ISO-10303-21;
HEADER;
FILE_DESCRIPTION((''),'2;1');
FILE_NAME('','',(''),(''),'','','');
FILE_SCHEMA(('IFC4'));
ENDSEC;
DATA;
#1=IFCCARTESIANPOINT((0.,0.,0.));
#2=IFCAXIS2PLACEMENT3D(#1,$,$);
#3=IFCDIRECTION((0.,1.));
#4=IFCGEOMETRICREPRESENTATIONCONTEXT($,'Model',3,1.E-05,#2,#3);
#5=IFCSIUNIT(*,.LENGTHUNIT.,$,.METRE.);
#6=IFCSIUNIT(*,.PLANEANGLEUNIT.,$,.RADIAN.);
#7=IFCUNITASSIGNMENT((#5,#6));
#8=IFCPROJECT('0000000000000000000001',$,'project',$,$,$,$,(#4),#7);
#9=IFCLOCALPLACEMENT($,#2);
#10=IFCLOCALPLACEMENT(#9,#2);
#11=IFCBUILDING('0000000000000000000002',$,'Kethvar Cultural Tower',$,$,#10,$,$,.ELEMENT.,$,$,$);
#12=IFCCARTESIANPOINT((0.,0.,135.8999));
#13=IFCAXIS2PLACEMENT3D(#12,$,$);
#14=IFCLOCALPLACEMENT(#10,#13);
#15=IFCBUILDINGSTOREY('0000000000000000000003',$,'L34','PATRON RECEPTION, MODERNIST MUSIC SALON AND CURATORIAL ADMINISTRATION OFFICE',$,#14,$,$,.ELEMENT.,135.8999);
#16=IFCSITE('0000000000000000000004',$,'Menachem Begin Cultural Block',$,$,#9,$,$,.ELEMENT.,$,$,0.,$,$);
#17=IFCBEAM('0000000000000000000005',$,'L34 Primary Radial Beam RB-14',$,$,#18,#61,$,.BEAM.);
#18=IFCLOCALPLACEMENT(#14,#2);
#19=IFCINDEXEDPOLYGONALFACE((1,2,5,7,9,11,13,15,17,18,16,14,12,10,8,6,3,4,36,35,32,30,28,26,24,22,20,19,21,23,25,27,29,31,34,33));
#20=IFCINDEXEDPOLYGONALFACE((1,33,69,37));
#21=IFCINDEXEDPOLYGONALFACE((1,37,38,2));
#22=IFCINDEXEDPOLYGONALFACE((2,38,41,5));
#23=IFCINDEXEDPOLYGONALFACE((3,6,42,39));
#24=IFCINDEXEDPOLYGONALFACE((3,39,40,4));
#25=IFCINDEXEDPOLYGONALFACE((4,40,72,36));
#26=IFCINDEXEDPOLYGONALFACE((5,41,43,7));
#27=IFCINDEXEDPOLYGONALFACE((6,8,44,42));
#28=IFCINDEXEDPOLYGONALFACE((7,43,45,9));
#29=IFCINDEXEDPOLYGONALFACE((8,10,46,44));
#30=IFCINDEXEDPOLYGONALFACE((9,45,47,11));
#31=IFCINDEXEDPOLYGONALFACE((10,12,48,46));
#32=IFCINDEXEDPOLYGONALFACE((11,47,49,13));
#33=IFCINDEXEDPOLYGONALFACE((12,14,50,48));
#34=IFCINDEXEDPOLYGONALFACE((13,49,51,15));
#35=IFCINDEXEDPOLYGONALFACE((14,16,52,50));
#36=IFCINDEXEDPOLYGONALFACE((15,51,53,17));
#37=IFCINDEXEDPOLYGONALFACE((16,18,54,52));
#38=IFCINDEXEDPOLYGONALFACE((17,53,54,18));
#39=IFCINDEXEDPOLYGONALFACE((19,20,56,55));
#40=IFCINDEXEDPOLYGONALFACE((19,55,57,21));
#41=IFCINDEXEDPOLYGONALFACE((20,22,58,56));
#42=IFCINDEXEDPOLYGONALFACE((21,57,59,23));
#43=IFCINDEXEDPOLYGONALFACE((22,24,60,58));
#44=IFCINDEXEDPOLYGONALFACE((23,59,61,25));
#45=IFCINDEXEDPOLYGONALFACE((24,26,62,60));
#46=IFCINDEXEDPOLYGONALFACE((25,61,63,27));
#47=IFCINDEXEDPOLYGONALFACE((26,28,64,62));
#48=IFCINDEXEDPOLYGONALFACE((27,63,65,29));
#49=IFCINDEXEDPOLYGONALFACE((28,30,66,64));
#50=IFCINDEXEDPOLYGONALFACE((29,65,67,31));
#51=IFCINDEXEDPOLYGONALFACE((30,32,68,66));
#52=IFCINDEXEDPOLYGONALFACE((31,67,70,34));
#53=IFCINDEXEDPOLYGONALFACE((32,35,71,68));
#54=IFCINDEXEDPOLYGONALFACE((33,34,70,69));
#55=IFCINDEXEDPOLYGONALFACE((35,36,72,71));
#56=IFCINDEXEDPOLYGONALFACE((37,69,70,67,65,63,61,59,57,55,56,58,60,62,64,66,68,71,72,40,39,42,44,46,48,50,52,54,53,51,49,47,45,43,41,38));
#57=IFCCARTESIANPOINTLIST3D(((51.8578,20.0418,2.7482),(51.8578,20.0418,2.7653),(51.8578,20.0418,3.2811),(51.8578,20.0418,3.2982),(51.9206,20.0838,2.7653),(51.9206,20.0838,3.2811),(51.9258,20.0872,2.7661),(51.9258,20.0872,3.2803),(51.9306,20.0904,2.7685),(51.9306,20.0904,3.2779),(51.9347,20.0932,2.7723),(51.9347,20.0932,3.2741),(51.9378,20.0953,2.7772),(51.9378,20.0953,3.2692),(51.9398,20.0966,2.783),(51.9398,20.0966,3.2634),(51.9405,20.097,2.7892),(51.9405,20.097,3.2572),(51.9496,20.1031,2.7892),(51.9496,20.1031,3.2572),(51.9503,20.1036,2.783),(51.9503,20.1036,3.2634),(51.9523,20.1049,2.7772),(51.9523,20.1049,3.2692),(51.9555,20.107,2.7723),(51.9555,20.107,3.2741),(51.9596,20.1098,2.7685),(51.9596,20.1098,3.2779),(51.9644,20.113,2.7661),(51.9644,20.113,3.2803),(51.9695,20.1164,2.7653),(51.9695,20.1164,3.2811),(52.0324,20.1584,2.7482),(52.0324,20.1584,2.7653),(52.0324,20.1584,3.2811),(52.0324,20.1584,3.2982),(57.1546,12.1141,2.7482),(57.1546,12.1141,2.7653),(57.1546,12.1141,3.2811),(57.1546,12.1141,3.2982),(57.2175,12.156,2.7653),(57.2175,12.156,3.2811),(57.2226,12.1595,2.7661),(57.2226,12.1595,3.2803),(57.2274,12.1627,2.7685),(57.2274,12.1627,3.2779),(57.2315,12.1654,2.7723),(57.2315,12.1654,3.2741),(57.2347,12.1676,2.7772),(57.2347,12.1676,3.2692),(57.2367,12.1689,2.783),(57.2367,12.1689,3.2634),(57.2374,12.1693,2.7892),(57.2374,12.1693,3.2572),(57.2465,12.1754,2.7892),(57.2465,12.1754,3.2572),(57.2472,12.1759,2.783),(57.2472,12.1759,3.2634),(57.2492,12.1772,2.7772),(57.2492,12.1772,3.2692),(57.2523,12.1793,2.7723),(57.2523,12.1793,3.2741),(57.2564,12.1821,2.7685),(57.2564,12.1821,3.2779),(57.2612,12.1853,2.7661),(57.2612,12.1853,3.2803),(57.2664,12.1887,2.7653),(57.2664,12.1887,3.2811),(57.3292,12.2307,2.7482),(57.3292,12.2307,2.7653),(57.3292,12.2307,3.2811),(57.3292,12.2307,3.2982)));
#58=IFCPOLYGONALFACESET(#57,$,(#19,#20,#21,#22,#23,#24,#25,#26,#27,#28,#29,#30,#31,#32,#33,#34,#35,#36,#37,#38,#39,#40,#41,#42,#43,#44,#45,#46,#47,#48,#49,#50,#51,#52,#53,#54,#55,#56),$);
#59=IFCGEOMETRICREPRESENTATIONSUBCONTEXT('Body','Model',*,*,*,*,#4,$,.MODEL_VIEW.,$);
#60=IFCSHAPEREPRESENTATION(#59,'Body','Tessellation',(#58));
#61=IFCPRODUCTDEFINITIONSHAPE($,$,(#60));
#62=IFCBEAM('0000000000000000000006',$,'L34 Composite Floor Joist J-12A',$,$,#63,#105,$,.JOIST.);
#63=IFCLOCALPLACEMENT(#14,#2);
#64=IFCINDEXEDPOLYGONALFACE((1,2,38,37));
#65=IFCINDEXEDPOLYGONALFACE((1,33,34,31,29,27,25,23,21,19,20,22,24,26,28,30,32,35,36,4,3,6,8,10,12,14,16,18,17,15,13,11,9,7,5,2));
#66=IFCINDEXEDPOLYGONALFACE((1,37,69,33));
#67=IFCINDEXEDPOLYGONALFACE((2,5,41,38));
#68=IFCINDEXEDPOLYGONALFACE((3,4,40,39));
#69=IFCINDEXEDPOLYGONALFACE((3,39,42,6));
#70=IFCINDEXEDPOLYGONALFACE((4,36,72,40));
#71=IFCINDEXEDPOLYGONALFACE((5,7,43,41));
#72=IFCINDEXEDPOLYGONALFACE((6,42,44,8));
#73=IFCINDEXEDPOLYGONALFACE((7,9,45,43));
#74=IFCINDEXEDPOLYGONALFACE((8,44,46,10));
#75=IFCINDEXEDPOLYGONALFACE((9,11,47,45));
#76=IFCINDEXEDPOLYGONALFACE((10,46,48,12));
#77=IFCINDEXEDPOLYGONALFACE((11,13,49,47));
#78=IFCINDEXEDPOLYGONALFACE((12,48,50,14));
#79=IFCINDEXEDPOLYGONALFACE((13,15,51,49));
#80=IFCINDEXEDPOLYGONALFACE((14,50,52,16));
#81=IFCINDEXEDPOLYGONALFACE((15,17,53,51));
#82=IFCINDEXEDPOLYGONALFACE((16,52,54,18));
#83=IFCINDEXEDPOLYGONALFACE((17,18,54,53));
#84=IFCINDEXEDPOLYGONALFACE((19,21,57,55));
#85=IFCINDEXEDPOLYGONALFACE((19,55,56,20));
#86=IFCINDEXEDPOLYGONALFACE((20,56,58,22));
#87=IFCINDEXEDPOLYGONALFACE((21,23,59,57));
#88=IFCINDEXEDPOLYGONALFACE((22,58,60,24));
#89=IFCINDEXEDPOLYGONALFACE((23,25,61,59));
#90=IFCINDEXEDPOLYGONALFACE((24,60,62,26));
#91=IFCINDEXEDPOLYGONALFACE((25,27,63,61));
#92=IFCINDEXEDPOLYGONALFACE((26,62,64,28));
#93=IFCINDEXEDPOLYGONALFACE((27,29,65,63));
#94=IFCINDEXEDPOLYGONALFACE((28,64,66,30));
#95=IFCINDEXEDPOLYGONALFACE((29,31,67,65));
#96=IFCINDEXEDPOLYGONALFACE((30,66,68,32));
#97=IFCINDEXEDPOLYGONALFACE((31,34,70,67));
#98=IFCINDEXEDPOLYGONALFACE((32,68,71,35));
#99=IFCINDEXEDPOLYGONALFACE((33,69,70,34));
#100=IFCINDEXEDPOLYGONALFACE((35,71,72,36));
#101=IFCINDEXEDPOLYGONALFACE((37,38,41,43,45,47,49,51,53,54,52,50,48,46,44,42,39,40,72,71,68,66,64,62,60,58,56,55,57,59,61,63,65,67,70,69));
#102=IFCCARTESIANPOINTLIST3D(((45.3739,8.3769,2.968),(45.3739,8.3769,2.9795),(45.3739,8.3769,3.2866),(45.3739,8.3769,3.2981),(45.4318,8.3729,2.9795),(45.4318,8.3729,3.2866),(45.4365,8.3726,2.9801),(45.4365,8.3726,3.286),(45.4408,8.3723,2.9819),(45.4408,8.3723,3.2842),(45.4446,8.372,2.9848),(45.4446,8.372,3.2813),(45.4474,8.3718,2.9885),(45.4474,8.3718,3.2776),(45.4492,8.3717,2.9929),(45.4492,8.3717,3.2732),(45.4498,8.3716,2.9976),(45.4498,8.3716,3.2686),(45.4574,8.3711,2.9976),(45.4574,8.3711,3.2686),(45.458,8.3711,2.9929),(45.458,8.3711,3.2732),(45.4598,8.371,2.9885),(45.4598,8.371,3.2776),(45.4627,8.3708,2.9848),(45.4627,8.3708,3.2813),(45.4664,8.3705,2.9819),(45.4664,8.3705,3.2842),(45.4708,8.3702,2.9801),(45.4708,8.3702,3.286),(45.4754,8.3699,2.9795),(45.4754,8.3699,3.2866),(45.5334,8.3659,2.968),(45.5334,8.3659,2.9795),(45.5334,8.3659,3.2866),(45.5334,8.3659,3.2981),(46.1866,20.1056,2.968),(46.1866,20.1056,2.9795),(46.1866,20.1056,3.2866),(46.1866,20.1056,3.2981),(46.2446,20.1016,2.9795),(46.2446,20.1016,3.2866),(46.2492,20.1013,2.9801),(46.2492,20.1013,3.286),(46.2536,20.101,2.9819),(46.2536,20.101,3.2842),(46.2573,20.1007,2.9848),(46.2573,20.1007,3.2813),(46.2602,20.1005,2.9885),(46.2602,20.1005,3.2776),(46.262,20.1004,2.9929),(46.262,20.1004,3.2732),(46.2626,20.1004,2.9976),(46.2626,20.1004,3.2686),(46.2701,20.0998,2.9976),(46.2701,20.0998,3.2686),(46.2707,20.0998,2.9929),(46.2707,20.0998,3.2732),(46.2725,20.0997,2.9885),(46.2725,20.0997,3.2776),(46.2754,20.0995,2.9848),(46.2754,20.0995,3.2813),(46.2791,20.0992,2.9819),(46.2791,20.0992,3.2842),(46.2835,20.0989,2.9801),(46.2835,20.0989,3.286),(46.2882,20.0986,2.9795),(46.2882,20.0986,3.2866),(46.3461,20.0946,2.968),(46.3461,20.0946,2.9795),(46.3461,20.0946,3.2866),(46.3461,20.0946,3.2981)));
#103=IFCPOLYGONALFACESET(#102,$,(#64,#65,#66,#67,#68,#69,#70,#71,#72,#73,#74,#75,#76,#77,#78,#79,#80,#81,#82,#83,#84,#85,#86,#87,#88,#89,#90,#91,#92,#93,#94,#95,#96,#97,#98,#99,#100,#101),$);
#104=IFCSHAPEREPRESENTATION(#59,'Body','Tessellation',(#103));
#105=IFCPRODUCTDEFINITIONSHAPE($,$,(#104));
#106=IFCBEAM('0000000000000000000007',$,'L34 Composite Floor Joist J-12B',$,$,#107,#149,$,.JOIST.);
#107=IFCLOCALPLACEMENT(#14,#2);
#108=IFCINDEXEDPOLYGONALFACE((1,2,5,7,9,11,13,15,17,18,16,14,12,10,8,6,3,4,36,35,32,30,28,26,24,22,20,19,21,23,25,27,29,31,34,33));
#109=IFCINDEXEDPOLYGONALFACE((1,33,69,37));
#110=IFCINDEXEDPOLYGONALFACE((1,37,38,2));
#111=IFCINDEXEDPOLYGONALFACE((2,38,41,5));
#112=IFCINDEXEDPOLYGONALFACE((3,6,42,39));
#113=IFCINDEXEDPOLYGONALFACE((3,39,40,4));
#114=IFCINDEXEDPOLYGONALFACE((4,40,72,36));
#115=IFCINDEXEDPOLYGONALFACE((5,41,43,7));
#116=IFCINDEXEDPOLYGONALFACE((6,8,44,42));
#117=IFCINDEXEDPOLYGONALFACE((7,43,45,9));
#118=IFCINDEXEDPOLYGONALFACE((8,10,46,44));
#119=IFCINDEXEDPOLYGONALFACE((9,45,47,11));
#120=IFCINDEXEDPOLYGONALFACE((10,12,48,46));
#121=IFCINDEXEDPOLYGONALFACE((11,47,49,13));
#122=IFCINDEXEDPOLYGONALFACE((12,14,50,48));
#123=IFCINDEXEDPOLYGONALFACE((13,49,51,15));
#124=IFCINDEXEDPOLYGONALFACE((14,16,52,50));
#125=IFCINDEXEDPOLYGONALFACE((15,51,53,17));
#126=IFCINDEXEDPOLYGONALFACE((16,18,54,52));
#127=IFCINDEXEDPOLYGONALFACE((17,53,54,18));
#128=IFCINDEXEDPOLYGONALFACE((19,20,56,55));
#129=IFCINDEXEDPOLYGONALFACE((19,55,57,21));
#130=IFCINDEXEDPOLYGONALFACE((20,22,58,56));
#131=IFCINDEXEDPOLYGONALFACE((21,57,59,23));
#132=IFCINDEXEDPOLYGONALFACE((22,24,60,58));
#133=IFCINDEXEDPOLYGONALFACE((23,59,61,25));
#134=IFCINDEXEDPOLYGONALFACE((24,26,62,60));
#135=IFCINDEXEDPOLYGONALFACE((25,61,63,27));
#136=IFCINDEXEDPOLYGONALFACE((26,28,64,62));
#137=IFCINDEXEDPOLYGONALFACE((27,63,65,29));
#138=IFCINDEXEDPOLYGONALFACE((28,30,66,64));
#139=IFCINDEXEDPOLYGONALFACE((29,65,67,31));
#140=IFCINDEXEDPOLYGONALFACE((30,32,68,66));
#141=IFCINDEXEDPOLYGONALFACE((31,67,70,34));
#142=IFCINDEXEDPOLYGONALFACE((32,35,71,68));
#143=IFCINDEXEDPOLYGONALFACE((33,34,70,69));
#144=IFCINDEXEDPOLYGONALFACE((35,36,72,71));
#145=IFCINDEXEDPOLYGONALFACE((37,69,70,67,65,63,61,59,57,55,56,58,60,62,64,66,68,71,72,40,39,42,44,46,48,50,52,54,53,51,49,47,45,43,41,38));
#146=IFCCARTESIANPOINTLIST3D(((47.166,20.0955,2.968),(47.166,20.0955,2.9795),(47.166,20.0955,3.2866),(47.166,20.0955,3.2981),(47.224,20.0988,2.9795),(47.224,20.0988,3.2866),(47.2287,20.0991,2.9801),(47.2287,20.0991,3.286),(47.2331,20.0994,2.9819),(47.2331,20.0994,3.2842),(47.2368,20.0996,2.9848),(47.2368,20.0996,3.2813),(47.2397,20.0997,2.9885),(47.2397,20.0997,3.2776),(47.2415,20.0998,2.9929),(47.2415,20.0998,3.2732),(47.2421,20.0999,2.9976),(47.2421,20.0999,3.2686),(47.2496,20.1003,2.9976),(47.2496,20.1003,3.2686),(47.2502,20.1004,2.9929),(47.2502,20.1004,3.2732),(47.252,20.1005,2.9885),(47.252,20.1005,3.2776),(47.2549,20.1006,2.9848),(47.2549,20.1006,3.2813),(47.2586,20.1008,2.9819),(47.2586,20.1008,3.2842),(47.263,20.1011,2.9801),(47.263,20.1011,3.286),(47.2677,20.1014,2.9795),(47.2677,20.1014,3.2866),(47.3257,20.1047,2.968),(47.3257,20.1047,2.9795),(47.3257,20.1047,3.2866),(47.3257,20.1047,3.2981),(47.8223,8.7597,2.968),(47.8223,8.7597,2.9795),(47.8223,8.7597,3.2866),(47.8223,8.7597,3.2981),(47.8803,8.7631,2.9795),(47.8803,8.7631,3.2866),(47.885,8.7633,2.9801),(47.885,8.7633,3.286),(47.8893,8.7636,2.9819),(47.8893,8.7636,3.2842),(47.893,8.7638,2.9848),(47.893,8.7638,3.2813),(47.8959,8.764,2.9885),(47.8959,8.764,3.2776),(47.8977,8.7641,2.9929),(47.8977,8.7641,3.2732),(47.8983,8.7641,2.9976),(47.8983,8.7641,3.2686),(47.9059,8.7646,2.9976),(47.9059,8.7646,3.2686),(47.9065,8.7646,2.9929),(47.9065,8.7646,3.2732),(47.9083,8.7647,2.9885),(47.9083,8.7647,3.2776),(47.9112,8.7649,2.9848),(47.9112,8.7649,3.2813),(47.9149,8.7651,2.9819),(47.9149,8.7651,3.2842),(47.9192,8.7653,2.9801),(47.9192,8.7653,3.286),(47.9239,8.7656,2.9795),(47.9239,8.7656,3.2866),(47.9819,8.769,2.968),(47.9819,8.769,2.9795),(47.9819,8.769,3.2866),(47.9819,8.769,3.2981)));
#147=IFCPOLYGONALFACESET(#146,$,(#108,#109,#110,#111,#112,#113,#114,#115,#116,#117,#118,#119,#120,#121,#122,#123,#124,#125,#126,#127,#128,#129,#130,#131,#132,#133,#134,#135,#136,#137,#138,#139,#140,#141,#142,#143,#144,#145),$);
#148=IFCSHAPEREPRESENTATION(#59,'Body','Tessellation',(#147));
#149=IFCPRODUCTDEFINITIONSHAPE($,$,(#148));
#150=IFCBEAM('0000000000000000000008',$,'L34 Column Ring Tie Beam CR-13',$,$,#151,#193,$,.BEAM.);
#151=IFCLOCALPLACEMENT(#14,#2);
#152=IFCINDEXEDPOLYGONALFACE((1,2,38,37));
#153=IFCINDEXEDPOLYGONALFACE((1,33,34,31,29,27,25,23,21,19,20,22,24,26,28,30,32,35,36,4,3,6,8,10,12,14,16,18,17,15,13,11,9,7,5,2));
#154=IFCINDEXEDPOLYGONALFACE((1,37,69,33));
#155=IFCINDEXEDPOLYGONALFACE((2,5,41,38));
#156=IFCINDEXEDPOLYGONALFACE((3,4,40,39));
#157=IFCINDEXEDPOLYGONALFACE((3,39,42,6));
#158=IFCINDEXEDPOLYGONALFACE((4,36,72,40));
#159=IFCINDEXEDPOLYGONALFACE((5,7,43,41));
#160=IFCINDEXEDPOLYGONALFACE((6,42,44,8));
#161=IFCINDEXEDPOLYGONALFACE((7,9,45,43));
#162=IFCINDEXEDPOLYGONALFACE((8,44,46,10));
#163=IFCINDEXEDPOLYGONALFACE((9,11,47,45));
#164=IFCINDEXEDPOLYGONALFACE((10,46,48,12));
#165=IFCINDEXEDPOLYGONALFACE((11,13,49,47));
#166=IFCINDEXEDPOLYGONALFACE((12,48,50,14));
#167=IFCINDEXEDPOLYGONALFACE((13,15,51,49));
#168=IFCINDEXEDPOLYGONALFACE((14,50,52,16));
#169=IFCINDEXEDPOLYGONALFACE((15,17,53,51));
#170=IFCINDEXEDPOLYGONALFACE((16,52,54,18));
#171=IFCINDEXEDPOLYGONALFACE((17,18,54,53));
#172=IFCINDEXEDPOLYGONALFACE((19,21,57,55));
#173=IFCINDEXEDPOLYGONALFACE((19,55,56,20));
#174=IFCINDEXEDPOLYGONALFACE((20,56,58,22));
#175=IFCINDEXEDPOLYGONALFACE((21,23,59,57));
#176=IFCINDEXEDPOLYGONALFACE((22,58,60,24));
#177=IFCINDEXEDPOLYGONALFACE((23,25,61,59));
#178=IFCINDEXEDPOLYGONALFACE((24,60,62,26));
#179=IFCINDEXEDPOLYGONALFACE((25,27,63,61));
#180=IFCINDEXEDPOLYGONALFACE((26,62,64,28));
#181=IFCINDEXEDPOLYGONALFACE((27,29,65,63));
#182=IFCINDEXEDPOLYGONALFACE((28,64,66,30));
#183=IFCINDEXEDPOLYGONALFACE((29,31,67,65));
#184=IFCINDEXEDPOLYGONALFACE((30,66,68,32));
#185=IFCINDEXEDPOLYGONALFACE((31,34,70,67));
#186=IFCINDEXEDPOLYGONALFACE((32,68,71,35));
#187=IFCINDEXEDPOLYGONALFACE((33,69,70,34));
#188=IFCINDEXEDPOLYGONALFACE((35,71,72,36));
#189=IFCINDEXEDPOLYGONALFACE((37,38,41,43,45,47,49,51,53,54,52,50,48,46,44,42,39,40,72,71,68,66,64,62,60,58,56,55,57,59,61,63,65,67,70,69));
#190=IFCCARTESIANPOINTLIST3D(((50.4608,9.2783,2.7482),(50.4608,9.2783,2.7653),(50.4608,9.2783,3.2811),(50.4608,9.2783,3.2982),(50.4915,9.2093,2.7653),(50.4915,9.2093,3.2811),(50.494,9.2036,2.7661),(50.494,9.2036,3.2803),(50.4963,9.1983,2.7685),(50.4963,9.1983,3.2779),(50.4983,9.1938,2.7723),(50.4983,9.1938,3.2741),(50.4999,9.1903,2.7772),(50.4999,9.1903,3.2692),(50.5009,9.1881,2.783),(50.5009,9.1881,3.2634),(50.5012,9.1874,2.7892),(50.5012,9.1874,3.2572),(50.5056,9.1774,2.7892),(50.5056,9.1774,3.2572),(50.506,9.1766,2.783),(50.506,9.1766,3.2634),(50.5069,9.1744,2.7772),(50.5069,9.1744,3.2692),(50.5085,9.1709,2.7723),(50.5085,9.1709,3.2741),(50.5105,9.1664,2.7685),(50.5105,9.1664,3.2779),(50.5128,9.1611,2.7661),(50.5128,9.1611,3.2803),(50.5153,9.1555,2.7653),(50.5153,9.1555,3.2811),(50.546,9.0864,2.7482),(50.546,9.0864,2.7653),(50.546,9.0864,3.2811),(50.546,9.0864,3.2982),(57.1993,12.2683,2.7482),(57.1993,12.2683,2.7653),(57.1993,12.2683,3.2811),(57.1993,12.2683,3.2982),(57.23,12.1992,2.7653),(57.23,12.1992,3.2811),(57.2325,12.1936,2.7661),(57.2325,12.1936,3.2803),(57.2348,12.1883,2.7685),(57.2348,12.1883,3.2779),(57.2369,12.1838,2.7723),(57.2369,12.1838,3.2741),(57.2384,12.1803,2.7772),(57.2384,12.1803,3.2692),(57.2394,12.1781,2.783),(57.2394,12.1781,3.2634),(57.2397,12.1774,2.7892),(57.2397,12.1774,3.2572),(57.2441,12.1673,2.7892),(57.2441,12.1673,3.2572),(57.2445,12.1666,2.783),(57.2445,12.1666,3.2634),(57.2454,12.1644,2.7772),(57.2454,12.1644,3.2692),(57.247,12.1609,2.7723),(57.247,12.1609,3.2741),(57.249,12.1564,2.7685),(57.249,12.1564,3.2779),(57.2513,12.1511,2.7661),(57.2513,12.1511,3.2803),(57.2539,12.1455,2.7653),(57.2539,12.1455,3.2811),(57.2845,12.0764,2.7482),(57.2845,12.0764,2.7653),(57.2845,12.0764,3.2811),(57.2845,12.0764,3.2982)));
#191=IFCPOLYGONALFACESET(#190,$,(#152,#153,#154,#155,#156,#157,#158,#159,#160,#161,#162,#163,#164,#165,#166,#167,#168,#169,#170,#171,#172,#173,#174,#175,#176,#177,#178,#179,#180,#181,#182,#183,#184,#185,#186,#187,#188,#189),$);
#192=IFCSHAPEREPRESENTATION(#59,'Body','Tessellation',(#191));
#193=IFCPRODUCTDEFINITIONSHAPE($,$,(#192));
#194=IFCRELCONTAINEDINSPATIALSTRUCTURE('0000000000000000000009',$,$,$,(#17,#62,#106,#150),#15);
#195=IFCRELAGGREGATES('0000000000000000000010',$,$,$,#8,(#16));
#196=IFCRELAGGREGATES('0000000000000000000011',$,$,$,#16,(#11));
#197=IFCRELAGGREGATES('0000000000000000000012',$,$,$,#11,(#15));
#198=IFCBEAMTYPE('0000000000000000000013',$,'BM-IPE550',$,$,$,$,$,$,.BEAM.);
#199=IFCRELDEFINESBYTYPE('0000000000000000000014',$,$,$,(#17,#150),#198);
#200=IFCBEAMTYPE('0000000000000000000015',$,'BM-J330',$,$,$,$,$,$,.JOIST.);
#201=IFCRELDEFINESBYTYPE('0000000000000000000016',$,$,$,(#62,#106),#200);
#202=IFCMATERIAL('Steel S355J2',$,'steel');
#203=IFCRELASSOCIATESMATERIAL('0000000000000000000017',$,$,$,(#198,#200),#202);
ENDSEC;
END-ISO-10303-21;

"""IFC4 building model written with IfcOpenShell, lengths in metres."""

from ifc_helpers import new_model, si_unit, direction, frame, origin, origin_2d, place, context, subcontext, project, spatial, i_section, extrude, source, transform, mapped, material, material_profile, profile_set, type_object, element, save


model = new_model("IFC4")

# Units and contexts
model_context = context("Model", 3, precision=1e-05, world=origin(), true_north=direction((0.0, 1.0)))
body_context = subcontext(model_context, "Body", "Model", "MODEL_VIEW")
ifc_project = project(units=[si_unit("LENGTHUNIT", "METRE"), si_unit("PLANEANGLEUNIT", "RADIAN")], contexts=[model_context])

# Site, building, storey
site_placement = place(None, origin())
site = spatial("IfcSite", under=ifc_project, at=site_placement, Name="Menachem Begin Cultural Block", CompositionType="ELEMENT", RefElevation=0.0)
building_placement = place(site_placement, origin())
building = spatial("IfcBuilding", under=site, at=building_placement, Name="Kethvar Cultural Tower", CompositionType="ELEMENT")
storey_placement = place(building_placement, frame((0.0, 0.0, 135.8999)))
storey = spatial("IfcBuildingStorey", under=building, at=storey_placement, Name="L34", Description="PATRON RECEPTION, MODERNIST MUSIC SALON AND CURATORIAL ADMINISTRATION OFFICE", CompositionType="ELEMENT", Elevation=135.8999)

# Beams
ifc_material_1 = material(Name="Steel S355J2", Category="steel")
ifc_material_profile_1 = material_profile(ifc_material_1, i_section(OverallWidth=0.21, OverallDepth=0.55, WebThickness=0.011, FlangeThickness=0.0171, FilletRadius=0.0239, at=origin_2d()), Name="Steel S355J2 — IPE550")
ifc_profile_set_1 = profile_set([ifc_material_profile_1], Name="Steel S355J2 — IPE550")
beam_type_1 = type_object("IfcBeamType", Name="BM-IPE550", PredefinedType="BEAM", material=ifc_profile_set_1)
shared_shape_1 = source(origin(), body_context, "Body", "SweptSolid", [
    extrude(i_section(OverallWidth=0.21, OverallDepth=0.55, WebThickness=0.011, FlangeThickness=0.0171, FilletRadius=0.0239, at=origin_2d()), origin(), (0.0, 0.0, 1.0), 9.5344),
])
beam_1_placement = place(storey_placement, frame((51.9451, 20.1001, 3.0232), z_axis=(0.555551, -0.831483, 0.0), x_axis=(0.831483, 0.555551, 0.0)))
element("IfcBeam", 1, at=beam_1_placement, inside=storey, type_object=beam_type_1, Name="L34 Primary Radial Beam RB-14", PredefinedType="BEAM", context=body_context, shape_type="MappedRepresentation", body=[
    mapped(shared_shape_1, transform((0.0, 0.0, 0.0), scale=1.0)),
])
ifc_material_profile_2 = material_profile(ifc_material_1, i_section(OverallWidth=0.1599, OverallDepth=0.3301, WebThickness=0.0076, FlangeThickness=0.0115, FilletRadius=0.0181, at=origin_2d()), Name="Steel S355J2 — IPE330")
ifc_profile_set_2 = profile_set([ifc_material_profile_2], Name="Steel S355J2 — IPE330")
beam_type_2 = type_object("IfcBeamType", Name="BM-J330", PredefinedType="JOIST", material=ifc_profile_set_2)
shared_shape_2 = source(origin(), body_context, "Body", "SweptSolid", [
    extrude(i_section(OverallWidth=0.1599, OverallDepth=0.3301, WebThickness=0.0076, FlangeThickness=0.0115, FilletRadius=0.0181, at=origin_2d()), origin(), (0.0, 0.0, 1.0), 11.7568),
])
beam_2_placement = place(storey_placement, frame((46.2664, 20.1001, 3.1331), z_axis=(-0.069129, -0.997608, 0.0), x_axis=(0.997608, -0.069129, 0.0)))
element("IfcBeam", 2, at=beam_2_placement, inside=storey, type_object=beam_type_2, Name="L34 Composite Floor Joist J-12A", PredefinedType="JOIST", context=body_context, shape_type="MappedRepresentation", body=[
    mapped(shared_shape_2, transform((0.0, 0.0, 0.0), scale=1.0)),
])
shared_shape_3 = source(origin(), body_context, "Body", "SweptSolid", [
    extrude(i_section(OverallWidth=0.1599, OverallDepth=0.3301, WebThickness=0.0076, FlangeThickness=0.0115, FilletRadius=0.0181, at=origin_2d()), origin(), (0.0, 0.0, 1.0), 11.3547),
])
beam_3_placement = place(storey_placement, frame((47.2458, 20.1001, 3.1331), z_axis=(0.057796, -0.998328, 0.0), x_axis=(0.998328, 0.057796, 0.0)))
element("IfcBeam", 3, at=beam_3_placement, inside=storey, type_object=beam_type_2, Name="L34 Composite Floor Joist J-12B", PredefinedType="JOIST", context=body_context, shape_type="MappedRepresentation", body=[
    mapped(shared_shape_3, transform((0.0, 0.0, 0.0), scale=1.0)),
])
shared_shape_4 = source(origin(), body_context, "Body", "SweptSolid", [
    extrude(i_section(OverallWidth=0.21, OverallDepth=0.55, WebThickness=0.011, FlangeThickness=0.0171, FilletRadius=0.0239, at=origin_2d()), origin(), (0.0, 0.0, 1.0), 7.3721),
])
beam_4_placement = place(storey_placement, frame((50.5034, 9.1824, 3.0232), z_axis=(0.914059, 0.405582, 0.0), x_axis=(-0.405582, 0.914059, 0.0)))
element("IfcBeam", 4, at=beam_4_placement, inside=storey, type_object=beam_type_1, Name="L34 Column Ring Tie Beam CR-13", PredefinedType="BEAM", context=body_context, shape_type="MappedRepresentation", body=[
    mapped(shared_shape_4, transform((0.0, 0.0, 0.0), scale=1.0)),
])

save(model, "model.ifc")
